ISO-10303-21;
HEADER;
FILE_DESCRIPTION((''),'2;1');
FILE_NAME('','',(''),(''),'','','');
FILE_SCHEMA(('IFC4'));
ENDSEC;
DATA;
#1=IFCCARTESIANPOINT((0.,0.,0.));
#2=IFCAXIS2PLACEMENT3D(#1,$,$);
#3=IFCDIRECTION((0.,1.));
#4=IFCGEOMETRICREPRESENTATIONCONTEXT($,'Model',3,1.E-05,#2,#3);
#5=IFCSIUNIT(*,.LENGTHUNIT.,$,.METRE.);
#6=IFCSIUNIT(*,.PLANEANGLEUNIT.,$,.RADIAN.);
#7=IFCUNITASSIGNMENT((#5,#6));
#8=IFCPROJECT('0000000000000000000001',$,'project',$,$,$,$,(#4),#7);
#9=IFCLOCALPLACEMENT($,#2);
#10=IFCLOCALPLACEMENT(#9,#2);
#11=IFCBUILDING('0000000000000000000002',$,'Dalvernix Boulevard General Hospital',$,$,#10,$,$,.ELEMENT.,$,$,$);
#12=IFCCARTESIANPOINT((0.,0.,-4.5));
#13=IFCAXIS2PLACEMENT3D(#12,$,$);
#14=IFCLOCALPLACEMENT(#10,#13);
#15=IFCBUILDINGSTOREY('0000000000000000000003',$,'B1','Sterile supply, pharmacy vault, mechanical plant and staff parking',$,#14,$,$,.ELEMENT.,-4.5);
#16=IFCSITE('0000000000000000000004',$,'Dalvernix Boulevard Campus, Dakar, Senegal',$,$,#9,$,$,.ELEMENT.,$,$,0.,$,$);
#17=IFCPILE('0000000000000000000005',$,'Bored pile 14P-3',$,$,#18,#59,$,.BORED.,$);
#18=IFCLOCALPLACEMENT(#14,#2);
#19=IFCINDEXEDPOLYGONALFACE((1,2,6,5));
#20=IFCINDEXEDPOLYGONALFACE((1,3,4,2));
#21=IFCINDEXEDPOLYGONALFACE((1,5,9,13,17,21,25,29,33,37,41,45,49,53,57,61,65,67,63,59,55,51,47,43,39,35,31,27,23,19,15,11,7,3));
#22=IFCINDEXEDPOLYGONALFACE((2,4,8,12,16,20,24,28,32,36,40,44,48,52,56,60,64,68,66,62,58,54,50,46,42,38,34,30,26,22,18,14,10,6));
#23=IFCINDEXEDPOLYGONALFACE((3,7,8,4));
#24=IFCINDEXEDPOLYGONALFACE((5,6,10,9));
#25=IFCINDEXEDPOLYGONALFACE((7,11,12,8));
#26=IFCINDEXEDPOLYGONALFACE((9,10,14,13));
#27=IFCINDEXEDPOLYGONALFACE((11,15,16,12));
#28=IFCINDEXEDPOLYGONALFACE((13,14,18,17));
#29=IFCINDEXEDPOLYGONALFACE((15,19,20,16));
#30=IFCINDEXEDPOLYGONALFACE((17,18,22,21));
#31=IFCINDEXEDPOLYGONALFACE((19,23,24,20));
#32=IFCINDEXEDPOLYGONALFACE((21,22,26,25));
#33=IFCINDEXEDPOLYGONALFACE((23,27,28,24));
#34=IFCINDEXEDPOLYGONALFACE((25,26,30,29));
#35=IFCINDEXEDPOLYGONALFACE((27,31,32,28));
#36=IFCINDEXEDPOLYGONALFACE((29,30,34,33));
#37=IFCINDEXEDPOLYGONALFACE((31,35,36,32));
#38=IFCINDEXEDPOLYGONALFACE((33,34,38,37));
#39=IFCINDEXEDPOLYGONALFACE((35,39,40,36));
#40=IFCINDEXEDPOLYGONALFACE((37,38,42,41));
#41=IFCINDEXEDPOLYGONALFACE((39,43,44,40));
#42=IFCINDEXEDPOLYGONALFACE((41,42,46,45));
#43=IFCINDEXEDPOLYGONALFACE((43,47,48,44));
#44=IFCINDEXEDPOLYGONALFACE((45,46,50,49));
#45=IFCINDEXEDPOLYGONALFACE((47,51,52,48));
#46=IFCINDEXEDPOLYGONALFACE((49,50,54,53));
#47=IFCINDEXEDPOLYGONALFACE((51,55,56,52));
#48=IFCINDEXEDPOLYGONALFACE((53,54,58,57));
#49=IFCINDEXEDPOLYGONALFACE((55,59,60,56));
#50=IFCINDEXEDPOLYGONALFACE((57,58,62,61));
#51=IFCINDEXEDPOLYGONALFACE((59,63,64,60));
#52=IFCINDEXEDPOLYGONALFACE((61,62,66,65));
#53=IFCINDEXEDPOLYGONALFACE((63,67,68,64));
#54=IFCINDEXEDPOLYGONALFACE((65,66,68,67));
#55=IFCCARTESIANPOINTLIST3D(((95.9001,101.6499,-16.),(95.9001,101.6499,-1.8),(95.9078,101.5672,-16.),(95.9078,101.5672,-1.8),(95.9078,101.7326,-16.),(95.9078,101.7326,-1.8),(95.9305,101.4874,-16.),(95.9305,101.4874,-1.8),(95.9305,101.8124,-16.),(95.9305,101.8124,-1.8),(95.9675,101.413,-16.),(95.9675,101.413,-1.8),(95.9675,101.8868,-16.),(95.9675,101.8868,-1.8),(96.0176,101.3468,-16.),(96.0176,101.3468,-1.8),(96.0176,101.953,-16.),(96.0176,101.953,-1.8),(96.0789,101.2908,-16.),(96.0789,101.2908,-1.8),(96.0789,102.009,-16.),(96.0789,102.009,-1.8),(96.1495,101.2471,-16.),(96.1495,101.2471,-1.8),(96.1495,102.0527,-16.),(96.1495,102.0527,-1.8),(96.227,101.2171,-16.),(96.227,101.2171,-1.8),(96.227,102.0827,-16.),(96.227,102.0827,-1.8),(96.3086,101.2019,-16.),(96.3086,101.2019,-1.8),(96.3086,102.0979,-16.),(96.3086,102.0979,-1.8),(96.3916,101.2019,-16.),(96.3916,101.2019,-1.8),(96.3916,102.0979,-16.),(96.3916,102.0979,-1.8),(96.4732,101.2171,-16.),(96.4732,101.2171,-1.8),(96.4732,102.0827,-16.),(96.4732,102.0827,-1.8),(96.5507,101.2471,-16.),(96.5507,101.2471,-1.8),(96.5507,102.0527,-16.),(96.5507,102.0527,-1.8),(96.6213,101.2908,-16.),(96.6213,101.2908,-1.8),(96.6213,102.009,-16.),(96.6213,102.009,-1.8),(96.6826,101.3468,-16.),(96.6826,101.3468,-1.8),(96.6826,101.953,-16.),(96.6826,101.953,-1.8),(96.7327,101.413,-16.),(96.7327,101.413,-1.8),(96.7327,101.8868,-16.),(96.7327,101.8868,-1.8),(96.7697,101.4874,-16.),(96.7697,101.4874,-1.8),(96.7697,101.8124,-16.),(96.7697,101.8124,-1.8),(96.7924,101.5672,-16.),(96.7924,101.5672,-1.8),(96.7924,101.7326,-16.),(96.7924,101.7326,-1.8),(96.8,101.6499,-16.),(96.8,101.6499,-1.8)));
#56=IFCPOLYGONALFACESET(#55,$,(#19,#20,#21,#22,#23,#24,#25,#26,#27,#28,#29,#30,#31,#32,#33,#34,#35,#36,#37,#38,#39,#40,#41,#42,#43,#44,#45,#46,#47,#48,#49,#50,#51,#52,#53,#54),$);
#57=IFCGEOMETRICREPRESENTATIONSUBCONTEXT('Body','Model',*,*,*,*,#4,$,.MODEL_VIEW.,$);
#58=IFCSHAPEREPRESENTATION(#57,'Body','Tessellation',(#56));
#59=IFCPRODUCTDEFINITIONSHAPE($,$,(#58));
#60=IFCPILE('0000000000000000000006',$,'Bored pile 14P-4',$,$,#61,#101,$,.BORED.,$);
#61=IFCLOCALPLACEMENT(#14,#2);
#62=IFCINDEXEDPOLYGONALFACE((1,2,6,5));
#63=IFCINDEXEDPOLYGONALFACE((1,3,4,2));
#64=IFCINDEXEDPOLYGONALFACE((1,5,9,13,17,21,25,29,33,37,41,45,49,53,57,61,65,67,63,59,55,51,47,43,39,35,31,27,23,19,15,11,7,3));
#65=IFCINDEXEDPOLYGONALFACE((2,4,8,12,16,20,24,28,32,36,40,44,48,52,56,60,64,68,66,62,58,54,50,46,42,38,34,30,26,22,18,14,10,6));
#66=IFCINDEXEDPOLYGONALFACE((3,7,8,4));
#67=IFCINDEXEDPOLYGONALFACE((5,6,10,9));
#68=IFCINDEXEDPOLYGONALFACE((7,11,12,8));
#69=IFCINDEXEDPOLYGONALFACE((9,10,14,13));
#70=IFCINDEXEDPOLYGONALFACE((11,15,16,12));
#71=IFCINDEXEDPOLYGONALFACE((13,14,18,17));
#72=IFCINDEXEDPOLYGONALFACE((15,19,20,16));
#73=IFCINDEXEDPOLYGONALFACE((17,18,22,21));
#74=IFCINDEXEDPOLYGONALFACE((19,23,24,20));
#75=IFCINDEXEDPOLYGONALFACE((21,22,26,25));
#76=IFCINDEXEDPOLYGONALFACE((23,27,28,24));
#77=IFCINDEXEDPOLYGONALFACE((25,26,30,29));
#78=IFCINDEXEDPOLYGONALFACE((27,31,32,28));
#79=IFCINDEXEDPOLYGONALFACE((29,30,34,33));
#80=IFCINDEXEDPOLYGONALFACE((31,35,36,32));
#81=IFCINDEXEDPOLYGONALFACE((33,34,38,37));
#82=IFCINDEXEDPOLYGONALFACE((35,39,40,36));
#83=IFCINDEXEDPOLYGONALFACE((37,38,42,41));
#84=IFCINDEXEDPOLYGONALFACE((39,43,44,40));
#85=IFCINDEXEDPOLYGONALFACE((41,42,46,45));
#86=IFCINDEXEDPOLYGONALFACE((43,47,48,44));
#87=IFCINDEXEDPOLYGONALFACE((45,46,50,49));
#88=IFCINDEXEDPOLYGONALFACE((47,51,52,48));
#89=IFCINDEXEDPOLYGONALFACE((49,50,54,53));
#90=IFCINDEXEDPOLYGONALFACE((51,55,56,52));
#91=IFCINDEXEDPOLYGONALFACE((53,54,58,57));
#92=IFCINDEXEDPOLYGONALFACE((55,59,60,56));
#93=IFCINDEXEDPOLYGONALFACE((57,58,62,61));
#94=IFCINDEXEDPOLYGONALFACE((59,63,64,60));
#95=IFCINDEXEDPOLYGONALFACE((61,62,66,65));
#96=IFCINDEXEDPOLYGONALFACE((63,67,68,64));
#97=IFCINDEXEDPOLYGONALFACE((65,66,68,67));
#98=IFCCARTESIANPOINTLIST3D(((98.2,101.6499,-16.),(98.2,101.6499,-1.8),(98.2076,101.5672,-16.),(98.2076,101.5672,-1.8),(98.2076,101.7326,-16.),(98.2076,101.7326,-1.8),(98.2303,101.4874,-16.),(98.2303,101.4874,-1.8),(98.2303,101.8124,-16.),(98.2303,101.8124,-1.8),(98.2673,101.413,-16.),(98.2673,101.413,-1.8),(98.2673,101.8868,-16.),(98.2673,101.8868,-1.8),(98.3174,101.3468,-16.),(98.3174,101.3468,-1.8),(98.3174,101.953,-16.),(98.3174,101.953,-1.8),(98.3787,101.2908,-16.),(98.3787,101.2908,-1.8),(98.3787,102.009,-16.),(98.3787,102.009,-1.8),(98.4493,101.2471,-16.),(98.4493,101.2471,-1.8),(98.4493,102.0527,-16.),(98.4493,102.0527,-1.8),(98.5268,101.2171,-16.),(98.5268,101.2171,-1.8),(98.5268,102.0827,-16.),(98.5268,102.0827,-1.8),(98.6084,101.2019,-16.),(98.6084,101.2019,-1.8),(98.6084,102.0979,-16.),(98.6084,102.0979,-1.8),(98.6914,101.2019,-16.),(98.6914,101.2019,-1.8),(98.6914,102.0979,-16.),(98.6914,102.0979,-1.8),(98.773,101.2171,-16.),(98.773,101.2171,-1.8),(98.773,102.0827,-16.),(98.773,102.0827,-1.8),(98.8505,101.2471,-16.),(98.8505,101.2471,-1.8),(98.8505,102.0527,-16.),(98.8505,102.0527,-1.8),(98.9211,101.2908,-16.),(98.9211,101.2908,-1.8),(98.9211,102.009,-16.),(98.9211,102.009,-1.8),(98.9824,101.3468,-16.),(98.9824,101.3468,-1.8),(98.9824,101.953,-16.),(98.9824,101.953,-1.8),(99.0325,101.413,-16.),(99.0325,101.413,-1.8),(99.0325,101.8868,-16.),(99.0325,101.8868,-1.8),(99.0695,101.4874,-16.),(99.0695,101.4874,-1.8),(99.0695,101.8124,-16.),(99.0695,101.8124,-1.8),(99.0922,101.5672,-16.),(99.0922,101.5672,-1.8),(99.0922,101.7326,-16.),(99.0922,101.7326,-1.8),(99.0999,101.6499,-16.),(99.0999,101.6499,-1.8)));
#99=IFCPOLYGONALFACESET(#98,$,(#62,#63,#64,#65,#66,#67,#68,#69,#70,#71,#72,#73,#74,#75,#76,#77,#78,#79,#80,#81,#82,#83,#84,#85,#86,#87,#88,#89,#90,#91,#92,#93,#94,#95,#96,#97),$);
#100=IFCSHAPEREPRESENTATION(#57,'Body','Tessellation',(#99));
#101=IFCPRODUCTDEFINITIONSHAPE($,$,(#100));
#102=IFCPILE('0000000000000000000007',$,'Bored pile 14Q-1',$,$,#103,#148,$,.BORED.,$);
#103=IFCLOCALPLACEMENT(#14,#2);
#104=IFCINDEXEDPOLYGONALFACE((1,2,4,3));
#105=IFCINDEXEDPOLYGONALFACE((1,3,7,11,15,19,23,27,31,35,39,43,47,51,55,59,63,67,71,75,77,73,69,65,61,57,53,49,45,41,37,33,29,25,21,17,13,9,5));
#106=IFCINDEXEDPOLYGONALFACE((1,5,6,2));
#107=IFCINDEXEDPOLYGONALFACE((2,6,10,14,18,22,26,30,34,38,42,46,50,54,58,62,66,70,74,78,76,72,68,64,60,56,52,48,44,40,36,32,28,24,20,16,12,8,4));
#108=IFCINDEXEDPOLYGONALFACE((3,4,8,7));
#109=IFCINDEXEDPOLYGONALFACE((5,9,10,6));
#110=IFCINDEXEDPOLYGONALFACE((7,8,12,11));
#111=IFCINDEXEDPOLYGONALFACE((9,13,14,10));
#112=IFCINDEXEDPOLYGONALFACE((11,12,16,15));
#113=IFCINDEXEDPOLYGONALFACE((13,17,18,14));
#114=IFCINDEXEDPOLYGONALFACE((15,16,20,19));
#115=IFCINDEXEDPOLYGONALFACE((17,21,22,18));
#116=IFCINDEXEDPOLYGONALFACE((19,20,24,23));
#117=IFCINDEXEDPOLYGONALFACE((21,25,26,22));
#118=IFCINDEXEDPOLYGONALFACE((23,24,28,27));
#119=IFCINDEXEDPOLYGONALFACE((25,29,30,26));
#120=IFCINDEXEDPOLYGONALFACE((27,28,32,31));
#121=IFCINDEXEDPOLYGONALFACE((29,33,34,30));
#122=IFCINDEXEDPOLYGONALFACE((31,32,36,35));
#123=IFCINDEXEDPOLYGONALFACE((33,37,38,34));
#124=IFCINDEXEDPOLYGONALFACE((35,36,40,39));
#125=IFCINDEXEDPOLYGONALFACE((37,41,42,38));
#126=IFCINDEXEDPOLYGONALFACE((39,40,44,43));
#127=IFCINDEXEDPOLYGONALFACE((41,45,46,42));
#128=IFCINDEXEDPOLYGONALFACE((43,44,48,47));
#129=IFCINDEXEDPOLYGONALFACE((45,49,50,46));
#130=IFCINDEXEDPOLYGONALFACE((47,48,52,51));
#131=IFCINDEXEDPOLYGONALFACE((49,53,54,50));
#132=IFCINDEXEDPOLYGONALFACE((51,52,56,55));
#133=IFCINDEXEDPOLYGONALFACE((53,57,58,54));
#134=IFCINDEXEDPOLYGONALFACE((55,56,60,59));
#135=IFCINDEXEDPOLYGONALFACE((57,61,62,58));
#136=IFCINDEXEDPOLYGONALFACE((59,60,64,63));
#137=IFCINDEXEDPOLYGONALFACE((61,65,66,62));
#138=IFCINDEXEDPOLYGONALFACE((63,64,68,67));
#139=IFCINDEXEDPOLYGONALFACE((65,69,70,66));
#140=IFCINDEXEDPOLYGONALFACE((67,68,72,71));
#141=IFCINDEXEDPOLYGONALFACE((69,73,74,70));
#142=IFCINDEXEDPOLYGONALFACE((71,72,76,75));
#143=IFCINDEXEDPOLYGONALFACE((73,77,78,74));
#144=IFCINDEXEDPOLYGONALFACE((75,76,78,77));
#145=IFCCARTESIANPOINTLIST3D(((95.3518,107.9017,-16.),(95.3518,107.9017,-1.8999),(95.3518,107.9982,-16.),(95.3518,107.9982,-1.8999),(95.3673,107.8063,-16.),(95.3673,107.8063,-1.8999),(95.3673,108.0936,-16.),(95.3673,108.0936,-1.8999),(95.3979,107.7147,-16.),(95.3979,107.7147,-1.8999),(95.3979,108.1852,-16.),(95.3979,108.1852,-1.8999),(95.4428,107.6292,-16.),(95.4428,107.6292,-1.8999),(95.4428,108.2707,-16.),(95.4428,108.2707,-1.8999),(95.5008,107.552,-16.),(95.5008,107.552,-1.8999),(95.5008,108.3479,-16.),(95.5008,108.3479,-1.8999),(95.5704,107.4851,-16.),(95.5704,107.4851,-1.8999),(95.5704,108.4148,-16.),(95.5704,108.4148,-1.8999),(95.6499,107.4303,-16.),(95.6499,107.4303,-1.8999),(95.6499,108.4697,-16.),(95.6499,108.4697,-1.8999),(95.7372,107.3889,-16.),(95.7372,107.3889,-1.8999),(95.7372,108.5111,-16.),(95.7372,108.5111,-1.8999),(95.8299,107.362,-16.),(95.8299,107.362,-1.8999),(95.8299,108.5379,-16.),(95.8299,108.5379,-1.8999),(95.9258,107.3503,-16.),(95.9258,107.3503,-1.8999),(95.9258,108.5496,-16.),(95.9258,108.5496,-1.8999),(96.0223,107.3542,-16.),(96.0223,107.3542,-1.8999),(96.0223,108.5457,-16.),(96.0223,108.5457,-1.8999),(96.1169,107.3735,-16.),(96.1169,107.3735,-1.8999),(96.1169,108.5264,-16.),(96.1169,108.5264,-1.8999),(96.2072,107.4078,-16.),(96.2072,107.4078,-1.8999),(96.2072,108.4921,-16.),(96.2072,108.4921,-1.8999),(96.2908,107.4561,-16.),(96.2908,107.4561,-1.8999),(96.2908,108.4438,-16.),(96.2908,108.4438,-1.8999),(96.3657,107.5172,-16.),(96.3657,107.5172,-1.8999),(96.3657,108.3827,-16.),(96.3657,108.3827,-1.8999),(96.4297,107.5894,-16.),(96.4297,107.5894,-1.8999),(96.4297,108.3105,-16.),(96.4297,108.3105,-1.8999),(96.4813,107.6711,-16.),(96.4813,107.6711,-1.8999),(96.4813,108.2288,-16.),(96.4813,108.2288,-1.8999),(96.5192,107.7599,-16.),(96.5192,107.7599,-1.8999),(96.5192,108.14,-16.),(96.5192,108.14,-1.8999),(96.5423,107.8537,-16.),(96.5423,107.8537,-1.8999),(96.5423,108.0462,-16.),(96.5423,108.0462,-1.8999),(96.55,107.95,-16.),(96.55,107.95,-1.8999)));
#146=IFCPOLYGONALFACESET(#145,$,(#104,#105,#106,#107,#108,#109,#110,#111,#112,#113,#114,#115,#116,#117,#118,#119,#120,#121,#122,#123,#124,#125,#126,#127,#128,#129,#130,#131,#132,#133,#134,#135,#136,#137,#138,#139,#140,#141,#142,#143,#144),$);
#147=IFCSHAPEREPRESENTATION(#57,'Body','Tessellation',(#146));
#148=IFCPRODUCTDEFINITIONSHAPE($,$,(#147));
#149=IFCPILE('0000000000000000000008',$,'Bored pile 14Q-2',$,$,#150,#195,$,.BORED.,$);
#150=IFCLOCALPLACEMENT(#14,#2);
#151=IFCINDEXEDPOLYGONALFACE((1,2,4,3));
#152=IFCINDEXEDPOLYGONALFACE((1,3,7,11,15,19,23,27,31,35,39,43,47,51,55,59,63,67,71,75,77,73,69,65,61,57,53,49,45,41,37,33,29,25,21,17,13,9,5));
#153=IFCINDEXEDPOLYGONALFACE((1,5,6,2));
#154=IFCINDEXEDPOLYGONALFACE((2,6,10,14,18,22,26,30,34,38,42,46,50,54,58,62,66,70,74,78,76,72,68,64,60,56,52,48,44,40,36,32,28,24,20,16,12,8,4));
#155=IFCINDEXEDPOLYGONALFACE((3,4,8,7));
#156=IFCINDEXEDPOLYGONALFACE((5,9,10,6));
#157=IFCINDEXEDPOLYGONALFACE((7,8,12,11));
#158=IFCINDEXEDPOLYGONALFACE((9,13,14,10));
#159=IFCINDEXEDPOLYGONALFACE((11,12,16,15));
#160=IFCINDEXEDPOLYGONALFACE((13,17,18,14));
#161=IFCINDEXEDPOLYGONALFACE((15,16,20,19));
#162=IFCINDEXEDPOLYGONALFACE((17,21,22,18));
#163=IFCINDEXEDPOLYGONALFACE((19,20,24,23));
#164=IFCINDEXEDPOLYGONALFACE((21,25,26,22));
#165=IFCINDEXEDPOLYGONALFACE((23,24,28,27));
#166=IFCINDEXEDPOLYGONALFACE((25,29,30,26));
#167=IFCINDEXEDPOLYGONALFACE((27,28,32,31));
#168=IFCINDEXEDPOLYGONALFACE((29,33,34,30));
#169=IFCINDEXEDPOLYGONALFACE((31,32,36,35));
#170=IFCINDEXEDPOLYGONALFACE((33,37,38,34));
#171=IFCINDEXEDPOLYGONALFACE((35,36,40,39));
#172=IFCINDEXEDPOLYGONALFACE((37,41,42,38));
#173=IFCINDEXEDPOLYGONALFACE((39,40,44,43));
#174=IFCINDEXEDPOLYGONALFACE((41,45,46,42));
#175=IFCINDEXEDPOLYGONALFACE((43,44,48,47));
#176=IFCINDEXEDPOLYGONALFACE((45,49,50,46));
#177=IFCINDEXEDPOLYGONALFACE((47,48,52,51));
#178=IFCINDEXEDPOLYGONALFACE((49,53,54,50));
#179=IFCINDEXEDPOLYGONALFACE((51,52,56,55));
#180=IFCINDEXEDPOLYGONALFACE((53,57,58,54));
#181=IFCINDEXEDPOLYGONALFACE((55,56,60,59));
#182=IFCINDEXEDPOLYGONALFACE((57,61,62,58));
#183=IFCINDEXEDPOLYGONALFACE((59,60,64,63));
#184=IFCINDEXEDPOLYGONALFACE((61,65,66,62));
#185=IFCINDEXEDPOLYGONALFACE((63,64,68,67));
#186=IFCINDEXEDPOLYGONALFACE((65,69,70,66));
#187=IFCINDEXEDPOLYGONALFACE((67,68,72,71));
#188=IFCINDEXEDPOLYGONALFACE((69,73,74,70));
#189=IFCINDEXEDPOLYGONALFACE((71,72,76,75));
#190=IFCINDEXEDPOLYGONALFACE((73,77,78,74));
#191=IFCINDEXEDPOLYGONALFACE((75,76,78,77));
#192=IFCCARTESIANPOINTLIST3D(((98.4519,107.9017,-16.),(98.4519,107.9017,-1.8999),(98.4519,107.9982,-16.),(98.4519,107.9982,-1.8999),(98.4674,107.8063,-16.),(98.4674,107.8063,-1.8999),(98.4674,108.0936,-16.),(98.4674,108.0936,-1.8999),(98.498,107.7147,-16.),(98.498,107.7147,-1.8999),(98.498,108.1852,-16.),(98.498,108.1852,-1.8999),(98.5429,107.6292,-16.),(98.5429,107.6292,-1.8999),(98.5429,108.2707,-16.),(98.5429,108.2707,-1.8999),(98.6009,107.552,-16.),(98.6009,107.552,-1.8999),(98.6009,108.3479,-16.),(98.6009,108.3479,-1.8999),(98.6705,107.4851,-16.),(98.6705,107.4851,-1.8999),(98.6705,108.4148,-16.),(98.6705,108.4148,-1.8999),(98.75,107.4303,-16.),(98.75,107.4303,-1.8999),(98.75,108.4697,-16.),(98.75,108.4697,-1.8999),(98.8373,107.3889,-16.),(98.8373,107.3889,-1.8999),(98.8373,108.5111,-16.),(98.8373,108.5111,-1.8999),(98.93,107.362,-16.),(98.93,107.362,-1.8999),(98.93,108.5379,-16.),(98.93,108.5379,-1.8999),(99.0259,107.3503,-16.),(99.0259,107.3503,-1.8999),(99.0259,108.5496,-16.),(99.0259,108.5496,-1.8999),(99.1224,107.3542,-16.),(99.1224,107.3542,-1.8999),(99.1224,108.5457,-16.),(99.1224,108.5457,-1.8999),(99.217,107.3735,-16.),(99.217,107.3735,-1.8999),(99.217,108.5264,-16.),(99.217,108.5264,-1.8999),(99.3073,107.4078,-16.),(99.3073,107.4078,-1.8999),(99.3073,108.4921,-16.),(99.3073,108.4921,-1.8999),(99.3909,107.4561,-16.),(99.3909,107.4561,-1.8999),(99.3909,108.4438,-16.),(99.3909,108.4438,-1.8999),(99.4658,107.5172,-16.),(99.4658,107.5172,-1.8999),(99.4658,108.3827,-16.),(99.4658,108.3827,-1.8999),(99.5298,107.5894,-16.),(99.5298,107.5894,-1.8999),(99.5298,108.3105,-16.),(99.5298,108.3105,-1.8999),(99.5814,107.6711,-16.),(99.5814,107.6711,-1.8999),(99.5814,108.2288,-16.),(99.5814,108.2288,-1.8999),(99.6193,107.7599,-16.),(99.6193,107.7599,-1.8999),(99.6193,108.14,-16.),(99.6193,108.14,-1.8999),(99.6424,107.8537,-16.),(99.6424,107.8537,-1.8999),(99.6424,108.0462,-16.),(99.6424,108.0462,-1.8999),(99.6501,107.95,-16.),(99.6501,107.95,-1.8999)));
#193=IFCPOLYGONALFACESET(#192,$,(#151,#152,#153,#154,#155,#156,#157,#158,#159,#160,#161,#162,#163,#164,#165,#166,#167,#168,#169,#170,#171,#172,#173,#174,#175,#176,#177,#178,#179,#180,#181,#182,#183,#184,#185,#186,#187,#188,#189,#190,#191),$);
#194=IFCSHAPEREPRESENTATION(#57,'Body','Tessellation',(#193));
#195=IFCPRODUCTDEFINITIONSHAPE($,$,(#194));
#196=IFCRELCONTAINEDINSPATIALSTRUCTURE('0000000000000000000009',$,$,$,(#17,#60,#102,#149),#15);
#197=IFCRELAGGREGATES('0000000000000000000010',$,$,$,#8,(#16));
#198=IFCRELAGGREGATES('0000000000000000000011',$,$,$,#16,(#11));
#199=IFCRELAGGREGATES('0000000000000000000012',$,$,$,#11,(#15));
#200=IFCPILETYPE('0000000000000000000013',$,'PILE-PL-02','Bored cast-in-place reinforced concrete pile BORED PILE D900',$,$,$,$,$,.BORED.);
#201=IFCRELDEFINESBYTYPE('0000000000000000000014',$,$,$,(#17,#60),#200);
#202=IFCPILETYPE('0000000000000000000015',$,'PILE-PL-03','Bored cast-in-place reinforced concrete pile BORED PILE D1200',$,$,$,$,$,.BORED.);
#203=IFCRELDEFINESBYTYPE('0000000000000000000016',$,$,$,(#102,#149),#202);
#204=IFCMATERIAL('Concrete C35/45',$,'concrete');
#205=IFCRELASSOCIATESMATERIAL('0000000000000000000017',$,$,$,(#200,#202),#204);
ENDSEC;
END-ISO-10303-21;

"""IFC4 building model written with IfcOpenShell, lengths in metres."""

from ifc_helpers import new_model, si_unit, direction, frame, origin, origin_2d, place, context, subcontext, project, spatial, circle, extrude, material, material_profile, profile_set, type_object, element, save


model = new_model("IFC4")

# Units and contexts
model_context = context("Model", 3, precision=1e-05, world=origin(), true_north=direction((0.0, 1.0)))
body_context = subcontext(model_context, "Body", "Model", "MODEL_VIEW")
ifc_project = project(units=[si_unit("LENGTHUNIT", "METRE"), si_unit("PLANEANGLEUNIT", "RADIAN")], contexts=[model_context])

# Site, building, storey
site_placement = place(None, origin())
site = spatial("IfcSite", under=ifc_project, at=site_placement, Name="Dalvernix Boulevard Campus, Dakar, Senegal", CompositionType="ELEMENT", RefElevation=0.0)
building_placement = place(site_placement, origin())
building = spatial("IfcBuilding", under=site, at=building_placement, Name="Dalvernix Boulevard General Hospital", CompositionType="ELEMENT")
storey_placement = place(building_placement, frame((0.0, 0.0, -4.5)))
storey = spatial("IfcBuildingStorey", under=building, at=storey_placement, Name="B1", Description="Sterile supply, pharmacy vault, mechanical plant and staff parking", CompositionType="ELEMENT", Elevation=-4.5)

# Shared definitions
ifc_material_1 = material(Name="Concrete C35/45", Category="concrete")

# Piles
ifc_material_profile_1 = material_profile(ifc_material_1, circle(Radius=0.45, at=origin_2d()), Name="BORED PILE D900")
ifc_profile_set_1 = profile_set([ifc_material_profile_1], Name="Concrete C35/45")
pile_type_1 = type_object("IfcPileType", Name="PILE-PL-02", Description="Bored cast-in-place reinforced concrete pile BORED PILE D900", PredefinedType="BORED", material=ifc_profile_set_1)
for number, where, z_axis, x_axis, name in (
    (1, (96.3501, 101.6499, -1.8), (0.0, 0.0, -1.0), (1.0, 0.0, 0.0), "Bored pile 14P-3"),
    (2, (98.6499, 101.6499, -1.8), (0.0, 0.0, -1.0), (1.0, 0.0, 0.0), "Bored pile 14P-4"),
):
    element("IfcPile", number, at=place(storey_placement, frame(where, z_axis=z_axis, x_axis=x_axis)), inside=storey, type_object=pile_type_1, Name=name, PredefinedType="BORED", context=body_context, shape_type="SweptSolid", body=[
        extrude(circle(Radius=0.45, at=origin_2d()), origin(), (0.0, 0.0, 1.0), 14.2),
    ])
ifc_material_profile_2 = material_profile(ifc_material_1, circle(Radius=0.6001, at=origin_2d()), Name="BORED PILE D1200")
ifc_profile_set_2 = profile_set([ifc_material_profile_2], Name="Concrete C35/45")
pile_type_2 = type_object("IfcPileType", Name="PILE-PL-03", Description="Bored cast-in-place reinforced concrete pile BORED PILE D1200", PredefinedType="BORED", material=ifc_profile_set_2)
for number, where, z_axis, x_axis, name in (
    (3, (95.95, 107.95, -1.8999), (0.0, 0.0, -1.0), (1.0, 0.0, 0.0), "Bored pile 14Q-1"),
    (4, (99.05, 107.95, -1.8999), (0.0, 0.0, -1.0), (1.0, 0.0, 0.0), "Bored pile 14Q-2"),
):
    element("IfcPile", number, at=place(storey_placement, frame(where, z_axis=z_axis, x_axis=x_axis)), inside=storey, type_object=pile_type_2, Name=name, PredefinedType="BORED", context=body_context, shape_type="SweptSolid", body=[
        extrude(circle(Radius=0.6001, at=origin_2d()), origin(), (0.0, 0.0, 1.0), 14.1001),
    ])

save(model, "model.ifc")
